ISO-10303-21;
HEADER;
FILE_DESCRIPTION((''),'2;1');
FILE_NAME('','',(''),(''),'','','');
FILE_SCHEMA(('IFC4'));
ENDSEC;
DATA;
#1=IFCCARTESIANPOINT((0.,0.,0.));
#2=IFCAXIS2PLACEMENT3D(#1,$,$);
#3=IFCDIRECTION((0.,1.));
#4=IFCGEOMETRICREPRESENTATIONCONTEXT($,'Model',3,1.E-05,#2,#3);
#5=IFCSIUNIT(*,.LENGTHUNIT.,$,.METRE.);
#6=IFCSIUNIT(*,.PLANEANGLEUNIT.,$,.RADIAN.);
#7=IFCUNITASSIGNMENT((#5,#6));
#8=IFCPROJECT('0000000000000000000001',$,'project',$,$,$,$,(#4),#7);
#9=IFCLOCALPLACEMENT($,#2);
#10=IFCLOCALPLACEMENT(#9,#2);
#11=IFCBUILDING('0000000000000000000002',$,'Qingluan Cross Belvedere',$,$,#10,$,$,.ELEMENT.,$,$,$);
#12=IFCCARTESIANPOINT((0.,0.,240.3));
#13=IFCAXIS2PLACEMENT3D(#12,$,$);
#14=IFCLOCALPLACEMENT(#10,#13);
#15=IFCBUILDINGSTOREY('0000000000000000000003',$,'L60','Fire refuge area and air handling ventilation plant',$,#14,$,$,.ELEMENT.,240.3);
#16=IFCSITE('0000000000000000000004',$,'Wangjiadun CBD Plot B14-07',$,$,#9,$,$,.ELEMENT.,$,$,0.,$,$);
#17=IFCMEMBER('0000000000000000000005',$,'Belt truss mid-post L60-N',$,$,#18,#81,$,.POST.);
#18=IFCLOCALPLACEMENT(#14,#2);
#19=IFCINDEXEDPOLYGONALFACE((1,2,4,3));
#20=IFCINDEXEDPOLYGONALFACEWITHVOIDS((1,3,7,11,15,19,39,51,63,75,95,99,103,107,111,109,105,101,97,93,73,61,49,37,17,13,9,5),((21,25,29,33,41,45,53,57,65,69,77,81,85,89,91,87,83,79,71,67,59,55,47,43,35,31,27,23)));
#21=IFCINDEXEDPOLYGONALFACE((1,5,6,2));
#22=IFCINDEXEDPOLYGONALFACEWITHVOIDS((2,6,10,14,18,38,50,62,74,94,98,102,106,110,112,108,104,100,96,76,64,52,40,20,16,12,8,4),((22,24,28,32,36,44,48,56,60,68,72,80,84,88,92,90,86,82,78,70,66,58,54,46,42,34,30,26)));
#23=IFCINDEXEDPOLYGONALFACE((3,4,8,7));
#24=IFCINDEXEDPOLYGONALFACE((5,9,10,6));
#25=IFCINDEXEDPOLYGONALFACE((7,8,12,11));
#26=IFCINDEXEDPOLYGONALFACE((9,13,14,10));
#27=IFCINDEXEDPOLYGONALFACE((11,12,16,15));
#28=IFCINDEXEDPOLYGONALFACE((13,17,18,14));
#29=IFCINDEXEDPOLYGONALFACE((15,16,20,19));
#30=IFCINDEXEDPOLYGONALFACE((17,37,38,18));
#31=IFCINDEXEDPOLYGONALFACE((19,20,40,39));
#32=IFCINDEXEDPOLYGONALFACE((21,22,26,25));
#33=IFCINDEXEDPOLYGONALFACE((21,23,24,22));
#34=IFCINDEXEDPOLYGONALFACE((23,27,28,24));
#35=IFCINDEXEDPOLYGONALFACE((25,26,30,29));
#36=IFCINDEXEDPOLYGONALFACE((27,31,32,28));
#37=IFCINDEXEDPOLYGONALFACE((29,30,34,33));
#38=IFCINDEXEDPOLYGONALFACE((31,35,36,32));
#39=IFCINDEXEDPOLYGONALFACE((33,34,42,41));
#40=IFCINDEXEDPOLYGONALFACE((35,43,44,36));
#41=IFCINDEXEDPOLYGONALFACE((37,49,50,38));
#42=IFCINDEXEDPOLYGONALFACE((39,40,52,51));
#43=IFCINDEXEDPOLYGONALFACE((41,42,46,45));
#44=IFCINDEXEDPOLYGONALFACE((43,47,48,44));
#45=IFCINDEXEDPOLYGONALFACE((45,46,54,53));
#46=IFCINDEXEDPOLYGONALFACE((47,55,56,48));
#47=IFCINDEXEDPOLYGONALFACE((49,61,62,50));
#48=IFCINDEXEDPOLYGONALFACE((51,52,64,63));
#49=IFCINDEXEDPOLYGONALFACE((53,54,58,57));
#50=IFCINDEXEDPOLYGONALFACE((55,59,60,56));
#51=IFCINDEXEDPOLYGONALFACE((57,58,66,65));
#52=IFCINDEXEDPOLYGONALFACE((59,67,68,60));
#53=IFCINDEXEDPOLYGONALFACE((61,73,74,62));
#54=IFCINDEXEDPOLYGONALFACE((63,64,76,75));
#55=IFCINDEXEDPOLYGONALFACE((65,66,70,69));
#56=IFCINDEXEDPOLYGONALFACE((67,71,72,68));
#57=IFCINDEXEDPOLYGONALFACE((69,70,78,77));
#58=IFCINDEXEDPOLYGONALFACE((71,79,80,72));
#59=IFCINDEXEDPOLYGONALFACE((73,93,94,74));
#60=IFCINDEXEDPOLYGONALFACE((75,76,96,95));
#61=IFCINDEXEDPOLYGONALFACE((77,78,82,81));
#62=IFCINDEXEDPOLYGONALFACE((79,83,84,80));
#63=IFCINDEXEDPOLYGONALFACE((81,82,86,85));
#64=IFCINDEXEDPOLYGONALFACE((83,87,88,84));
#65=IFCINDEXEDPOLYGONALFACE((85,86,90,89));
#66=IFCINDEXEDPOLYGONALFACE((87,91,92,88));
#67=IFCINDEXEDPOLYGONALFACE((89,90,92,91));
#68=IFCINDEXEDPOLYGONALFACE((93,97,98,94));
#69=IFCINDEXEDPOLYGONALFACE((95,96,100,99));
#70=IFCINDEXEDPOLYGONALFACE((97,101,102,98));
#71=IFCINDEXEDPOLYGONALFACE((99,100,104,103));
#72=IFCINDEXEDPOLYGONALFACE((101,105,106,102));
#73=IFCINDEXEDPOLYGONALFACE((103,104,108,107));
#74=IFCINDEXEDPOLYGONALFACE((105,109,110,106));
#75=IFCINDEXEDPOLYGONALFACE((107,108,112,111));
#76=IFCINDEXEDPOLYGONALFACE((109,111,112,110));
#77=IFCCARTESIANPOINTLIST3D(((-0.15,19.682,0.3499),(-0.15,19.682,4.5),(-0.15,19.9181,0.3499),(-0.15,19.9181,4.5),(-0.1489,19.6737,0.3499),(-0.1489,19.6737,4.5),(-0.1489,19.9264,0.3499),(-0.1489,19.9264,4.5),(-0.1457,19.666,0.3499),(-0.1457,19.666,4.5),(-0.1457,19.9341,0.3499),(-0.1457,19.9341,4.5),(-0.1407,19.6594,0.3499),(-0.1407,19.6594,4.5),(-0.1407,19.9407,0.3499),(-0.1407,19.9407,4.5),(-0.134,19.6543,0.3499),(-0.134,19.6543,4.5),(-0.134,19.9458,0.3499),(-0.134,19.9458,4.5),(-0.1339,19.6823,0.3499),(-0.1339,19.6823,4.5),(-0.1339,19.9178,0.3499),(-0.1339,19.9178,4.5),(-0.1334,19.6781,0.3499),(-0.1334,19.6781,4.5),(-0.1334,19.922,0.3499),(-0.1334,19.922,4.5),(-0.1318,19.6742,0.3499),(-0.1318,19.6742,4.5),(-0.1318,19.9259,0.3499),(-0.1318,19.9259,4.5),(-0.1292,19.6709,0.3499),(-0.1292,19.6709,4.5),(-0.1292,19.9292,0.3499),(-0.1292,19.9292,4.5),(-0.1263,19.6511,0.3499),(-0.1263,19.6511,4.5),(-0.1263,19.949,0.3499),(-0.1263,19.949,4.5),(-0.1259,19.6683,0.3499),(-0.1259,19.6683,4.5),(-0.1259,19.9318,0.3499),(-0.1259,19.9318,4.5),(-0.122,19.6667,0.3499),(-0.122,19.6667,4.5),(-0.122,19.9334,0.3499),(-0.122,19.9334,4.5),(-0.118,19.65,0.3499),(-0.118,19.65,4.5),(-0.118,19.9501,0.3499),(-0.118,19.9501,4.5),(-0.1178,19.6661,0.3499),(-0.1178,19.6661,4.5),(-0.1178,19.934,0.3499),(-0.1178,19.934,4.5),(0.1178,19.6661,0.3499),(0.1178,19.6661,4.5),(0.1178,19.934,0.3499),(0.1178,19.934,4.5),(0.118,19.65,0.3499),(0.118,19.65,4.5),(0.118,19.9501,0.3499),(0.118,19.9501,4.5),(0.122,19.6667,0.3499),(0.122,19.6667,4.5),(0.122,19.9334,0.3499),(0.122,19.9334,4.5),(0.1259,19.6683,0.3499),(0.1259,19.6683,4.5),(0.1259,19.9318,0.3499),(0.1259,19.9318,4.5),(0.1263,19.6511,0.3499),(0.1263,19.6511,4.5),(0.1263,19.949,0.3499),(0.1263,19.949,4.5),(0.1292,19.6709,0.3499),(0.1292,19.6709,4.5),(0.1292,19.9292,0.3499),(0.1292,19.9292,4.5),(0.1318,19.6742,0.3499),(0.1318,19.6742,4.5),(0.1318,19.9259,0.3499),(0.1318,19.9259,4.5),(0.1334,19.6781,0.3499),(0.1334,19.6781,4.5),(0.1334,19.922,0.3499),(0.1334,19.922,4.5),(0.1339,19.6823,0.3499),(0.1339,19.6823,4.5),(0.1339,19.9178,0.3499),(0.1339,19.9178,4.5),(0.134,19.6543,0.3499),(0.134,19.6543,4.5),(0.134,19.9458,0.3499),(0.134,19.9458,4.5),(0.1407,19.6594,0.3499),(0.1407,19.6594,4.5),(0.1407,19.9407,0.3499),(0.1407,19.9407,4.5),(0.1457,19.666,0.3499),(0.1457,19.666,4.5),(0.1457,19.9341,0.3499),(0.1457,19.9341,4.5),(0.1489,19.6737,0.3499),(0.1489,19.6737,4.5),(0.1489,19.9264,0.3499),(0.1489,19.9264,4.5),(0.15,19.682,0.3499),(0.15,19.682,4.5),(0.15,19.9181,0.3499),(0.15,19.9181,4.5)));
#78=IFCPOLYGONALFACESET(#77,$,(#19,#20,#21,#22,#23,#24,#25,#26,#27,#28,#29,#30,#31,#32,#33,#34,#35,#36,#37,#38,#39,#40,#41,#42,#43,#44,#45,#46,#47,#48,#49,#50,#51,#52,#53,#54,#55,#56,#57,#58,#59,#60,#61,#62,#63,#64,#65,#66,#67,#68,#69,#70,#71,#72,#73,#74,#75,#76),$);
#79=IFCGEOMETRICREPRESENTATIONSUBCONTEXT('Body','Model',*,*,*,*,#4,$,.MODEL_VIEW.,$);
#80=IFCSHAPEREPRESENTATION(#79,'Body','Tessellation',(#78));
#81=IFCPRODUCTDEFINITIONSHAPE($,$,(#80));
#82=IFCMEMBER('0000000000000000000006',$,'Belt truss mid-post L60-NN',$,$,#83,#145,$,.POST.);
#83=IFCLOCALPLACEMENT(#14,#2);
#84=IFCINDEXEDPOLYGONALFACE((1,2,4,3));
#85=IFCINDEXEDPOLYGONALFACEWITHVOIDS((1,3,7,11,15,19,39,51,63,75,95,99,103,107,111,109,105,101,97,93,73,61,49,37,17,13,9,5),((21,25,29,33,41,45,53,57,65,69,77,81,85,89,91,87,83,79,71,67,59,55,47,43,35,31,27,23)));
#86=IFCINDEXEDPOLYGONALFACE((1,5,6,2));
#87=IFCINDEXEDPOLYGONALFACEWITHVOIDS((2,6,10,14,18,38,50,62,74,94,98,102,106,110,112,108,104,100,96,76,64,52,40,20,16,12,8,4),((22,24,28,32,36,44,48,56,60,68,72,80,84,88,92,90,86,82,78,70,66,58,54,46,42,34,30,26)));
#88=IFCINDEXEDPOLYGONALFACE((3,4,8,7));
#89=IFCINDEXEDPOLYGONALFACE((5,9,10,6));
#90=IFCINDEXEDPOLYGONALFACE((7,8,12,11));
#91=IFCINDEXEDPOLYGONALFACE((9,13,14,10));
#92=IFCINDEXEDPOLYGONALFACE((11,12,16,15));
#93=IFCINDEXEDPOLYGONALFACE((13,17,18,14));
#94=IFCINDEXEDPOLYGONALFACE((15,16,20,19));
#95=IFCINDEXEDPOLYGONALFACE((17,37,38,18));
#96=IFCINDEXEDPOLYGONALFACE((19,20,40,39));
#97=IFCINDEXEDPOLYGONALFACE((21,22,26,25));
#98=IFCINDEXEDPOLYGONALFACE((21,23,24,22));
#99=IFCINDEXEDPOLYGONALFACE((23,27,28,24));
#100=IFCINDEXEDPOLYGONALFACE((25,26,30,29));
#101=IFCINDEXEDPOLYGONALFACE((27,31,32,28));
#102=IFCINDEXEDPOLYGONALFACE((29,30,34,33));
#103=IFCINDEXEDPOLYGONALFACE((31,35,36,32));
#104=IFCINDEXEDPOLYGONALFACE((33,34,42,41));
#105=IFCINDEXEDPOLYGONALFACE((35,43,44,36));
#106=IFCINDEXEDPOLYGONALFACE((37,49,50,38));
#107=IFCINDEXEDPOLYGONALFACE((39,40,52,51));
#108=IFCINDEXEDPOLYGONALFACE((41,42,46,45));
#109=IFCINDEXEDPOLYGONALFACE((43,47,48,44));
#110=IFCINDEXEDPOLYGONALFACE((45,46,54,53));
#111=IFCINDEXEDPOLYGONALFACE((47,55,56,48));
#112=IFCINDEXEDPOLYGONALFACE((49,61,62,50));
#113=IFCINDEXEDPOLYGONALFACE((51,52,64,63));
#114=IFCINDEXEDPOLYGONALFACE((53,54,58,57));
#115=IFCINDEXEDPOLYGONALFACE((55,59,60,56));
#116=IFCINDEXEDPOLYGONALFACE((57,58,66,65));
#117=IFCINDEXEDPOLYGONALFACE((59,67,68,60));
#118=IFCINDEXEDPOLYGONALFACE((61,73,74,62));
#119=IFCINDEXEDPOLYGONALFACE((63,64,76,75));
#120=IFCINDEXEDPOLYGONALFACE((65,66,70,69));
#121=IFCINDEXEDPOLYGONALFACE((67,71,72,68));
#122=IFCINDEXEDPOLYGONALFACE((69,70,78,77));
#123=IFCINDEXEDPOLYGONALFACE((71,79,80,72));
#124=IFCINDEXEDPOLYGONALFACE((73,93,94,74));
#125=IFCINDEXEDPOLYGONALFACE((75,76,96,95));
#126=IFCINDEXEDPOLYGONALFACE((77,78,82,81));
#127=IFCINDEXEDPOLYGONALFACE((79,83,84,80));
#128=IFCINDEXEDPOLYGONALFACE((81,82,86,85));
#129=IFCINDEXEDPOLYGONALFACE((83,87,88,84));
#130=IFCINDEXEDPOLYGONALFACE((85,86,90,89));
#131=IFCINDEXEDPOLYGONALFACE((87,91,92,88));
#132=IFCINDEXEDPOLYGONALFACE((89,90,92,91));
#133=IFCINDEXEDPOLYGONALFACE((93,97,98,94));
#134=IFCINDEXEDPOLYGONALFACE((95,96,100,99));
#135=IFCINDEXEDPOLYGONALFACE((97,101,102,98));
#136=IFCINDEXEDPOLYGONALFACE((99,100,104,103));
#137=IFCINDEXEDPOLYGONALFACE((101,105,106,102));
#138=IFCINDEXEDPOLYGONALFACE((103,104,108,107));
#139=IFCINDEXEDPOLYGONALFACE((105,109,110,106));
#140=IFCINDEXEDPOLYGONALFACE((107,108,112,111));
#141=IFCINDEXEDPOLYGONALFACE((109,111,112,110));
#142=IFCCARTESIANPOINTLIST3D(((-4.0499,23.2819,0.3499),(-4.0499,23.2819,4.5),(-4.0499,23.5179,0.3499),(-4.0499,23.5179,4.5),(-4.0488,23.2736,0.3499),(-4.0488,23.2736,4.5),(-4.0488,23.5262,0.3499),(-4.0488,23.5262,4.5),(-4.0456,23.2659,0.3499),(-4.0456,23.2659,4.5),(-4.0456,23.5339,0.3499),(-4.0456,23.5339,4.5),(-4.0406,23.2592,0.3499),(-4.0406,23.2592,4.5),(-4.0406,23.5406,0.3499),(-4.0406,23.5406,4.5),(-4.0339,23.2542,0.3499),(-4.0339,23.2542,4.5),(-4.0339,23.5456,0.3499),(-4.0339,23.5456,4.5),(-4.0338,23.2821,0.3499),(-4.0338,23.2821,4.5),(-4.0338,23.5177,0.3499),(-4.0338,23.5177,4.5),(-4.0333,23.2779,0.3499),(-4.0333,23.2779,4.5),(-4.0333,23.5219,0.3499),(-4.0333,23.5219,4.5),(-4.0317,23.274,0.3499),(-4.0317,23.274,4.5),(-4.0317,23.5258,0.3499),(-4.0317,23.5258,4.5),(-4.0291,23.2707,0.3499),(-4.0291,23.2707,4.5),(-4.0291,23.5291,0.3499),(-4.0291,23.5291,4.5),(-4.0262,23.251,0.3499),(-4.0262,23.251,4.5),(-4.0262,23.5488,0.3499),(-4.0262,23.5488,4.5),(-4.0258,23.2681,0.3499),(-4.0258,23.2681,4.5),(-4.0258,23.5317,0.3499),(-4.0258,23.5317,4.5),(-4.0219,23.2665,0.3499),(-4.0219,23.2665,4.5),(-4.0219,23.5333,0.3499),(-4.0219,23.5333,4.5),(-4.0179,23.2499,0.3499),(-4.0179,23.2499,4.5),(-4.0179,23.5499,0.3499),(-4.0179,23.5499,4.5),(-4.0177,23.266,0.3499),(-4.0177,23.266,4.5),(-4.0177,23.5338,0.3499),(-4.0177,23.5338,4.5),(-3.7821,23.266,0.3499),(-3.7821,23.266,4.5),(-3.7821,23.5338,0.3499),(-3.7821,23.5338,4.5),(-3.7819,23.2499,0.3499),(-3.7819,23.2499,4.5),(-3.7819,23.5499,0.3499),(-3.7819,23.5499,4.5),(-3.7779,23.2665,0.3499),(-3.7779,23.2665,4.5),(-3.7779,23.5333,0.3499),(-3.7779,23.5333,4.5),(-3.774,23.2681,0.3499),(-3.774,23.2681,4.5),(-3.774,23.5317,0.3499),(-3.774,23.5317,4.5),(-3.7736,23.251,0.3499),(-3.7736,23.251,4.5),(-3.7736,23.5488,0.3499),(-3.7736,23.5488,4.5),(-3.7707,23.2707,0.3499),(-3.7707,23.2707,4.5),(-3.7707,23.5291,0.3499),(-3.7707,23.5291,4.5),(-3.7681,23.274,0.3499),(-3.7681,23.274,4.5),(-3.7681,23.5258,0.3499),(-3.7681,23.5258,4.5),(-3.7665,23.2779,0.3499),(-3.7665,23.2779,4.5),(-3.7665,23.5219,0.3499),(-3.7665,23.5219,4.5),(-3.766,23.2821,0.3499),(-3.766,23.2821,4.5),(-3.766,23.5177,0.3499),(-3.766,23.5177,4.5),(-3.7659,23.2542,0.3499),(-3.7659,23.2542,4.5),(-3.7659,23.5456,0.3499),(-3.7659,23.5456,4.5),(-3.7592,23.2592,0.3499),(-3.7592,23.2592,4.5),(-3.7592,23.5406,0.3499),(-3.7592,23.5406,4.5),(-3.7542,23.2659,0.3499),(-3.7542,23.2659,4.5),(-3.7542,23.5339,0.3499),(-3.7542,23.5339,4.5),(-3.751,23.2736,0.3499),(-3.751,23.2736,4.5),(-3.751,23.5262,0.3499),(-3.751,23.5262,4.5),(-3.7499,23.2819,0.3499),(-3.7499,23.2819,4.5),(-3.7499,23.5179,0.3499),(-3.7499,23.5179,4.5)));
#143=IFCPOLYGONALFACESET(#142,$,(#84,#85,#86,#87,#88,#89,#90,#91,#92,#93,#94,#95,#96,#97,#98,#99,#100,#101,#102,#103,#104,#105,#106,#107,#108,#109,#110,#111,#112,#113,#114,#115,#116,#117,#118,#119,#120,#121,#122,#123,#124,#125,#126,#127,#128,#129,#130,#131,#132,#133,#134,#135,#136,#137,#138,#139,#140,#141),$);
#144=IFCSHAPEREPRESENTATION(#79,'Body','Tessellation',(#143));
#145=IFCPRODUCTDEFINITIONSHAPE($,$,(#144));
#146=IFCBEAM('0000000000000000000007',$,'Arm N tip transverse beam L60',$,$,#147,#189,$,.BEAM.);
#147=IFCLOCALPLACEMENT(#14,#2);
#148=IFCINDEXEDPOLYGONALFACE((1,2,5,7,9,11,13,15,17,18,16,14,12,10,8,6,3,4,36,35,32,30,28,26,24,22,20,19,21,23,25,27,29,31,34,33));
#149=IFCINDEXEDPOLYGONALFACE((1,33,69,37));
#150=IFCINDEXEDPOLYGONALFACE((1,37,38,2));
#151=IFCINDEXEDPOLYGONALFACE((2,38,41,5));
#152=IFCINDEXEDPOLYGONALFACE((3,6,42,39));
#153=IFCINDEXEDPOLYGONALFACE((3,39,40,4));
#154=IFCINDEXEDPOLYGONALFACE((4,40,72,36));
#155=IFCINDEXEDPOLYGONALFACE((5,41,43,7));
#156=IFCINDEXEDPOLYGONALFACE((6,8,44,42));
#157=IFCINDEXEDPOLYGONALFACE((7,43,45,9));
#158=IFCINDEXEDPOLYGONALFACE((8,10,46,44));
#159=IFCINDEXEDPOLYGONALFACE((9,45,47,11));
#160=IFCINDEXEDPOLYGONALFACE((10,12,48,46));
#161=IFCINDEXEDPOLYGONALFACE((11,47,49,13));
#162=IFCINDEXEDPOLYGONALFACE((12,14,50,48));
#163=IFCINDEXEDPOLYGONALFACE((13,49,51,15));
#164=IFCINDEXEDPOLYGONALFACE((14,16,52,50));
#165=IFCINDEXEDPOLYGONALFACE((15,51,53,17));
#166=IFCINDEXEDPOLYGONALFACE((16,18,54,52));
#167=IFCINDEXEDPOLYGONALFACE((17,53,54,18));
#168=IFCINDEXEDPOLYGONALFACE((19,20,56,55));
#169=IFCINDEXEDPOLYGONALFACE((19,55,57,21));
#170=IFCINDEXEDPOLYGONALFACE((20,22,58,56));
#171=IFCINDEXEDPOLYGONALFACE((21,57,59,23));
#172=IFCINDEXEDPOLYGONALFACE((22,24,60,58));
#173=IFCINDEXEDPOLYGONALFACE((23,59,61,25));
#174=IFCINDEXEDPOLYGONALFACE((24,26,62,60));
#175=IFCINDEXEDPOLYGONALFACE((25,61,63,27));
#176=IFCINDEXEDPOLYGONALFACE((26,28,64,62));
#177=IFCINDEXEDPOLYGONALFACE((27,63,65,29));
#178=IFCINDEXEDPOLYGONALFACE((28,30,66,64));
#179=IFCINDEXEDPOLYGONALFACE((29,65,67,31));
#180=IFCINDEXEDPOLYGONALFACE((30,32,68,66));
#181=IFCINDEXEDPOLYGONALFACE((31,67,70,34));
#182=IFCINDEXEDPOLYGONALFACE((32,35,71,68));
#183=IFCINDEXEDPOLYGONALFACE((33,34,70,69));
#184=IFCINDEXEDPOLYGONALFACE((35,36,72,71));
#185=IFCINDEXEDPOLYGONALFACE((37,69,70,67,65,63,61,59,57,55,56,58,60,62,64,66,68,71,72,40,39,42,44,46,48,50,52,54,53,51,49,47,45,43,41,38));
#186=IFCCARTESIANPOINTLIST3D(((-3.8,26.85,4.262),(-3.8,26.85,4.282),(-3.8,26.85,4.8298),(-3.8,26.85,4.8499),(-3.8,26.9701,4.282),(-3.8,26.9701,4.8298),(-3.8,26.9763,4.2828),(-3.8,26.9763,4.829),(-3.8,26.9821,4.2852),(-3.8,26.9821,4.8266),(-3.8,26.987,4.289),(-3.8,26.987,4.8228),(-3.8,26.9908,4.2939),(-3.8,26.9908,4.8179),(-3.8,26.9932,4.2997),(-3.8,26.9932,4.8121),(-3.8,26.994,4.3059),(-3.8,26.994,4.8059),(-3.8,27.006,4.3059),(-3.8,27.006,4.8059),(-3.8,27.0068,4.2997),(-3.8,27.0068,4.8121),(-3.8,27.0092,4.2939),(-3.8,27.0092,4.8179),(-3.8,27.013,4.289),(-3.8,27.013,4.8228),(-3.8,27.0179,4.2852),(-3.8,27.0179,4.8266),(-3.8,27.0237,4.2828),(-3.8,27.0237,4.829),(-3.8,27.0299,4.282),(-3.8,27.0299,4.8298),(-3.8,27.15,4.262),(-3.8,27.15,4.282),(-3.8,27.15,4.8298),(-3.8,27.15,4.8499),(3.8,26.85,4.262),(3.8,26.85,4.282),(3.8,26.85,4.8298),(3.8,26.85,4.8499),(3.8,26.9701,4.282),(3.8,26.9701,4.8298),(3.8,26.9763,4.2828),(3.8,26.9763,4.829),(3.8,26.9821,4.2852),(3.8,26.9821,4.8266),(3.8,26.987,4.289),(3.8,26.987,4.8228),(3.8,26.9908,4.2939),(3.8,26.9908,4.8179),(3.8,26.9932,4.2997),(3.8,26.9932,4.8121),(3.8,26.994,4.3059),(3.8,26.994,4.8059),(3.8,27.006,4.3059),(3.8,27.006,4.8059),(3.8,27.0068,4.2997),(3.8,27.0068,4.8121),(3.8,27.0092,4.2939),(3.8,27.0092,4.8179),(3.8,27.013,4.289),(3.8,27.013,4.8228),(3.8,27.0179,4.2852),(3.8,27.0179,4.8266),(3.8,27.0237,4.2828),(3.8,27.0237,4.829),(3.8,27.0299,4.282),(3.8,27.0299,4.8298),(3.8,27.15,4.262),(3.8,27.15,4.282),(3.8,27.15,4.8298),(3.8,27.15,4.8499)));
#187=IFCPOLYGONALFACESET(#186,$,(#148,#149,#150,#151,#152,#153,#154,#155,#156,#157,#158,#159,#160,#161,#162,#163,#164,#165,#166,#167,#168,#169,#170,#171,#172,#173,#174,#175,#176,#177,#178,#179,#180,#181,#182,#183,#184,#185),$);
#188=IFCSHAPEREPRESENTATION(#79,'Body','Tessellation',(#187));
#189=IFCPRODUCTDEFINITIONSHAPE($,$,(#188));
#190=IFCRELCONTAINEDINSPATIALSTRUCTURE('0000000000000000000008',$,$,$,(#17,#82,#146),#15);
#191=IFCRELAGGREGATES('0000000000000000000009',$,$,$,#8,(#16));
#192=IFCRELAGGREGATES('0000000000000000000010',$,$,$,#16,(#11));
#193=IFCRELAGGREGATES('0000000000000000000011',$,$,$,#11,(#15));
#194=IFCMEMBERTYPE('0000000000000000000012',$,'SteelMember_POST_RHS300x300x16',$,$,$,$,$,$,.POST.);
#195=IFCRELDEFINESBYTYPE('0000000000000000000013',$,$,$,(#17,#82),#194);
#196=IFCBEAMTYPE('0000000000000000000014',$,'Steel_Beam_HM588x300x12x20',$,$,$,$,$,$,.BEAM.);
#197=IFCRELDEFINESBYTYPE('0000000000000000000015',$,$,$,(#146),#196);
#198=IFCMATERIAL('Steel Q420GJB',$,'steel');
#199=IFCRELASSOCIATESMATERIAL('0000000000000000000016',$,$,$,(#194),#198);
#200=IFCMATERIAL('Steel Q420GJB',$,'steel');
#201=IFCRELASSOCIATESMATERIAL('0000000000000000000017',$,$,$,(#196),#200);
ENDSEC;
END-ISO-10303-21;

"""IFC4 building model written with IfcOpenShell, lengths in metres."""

from ifc_helpers import new_model, si_unit, direction, frame, origin, origin_2d, place, context, subcontext, project, spatial, hollow_rectangle, i_section, extrude, material, material_profile, profile_set, type_object, element, save


model = new_model("IFC4")

# Units and contexts
model_context = context("Model", 3, precision=1e-05, world=origin(), true_north=direction((0.0, 1.0)))
body_context = subcontext(model_context, "Body", "Model", "MODEL_VIEW")
ifc_project = project(units=[si_unit("LENGTHUNIT", "METRE"), si_unit("PLANEANGLEUNIT", "RADIAN")], contexts=[model_context])

# Site, building, storey
site_placement = place(None, origin())
site = spatial("IfcSite", under=ifc_project, at=site_placement, Name="Wangjiadun CBD Plot B14-07", CompositionType="ELEMENT", RefElevation=0.0)
building_placement = place(site_placement, origin())
building = spatial("IfcBuilding", under=site, at=building_placement, Name="Qingluan Cross Belvedere", CompositionType="ELEMENT")
storey_placement = place(building_placement, frame((0.0, 0.0, 240.3)))
storey = spatial("IfcBuildingStorey", under=building, at=storey_placement, Name="L60", Description="Fire refuge area and air handling ventilation plant", CompositionType="ELEMENT", Elevation=240.3)

# Members
ifc_material_1 = material(Name="Steel Q420GJB", Category="steel")
ifc_material_profile_1 = material_profile(ifc_material_1, hollow_rectangle(XDim=0.3, YDim=0.3, WallThickness=0.0161, InnerFilletRadius=0.0161, OuterFilletRadius=0.032, at=origin_2d()), Name="RHS300x300x16")
ifc_profile_set_1 = profile_set([ifc_material_profile_1], Name="Steel Q420GJB")
member_type_1 = type_object("IfcMemberType", Name="SteelMember_POST_RHS300x300x16", PredefinedType="POST", material=ifc_profile_set_1)
for number, where, z_axis, x_axis, name in (
    (1, (0.0, 19.8, 0.3499), (0.0, 0.0, 1.0), (1.0, 0.0, 0.0), "Belt truss mid-post L60-N"),
    (2, (-3.8999, 23.3999, 0.3499), (0.0, 0.0, 1.0), (1.0, 0.0, 0.0), "Belt truss mid-post L60-NN"),
):
    element("IfcMember", number, at=place(storey_placement, frame(where, z_axis=z_axis, x_axis=x_axis)), inside=storey, type_object=member_type_1, Name=name, PredefinedType="POST", context=body_context, shape_type="SweptSolid", body=[
        extrude(hollow_rectangle(XDim=0.3, YDim=0.3, WallThickness=0.0161, InnerFilletRadius=0.0161, OuterFilletRadius=0.032, at=origin_2d()), origin(), (0.0, 0.0, 1.0), 4.1501),
    ])

# Beam
ifc_material_2 = material(Name="Steel Q420GJB", Category="steel")
ifc_material_profile_2 = material_profile(ifc_material_2, i_section(OverallWidth=0.3, OverallDepth=0.5879, WebThickness=0.012, FlangeThickness=0.02, FilletRadius=0.0239, at=origin_2d()), Name="HM588x300x12x20")
ifc_profile_set_2 = profile_set([ifc_material_profile_2], Name="Steel Q420GJB")
beam_type_1 = type_object("IfcBeamType", Name="Steel_Beam_HM588x300x12x20", PredefinedType="BEAM", material=ifc_profile_set_2)
beam_1_placement = place(storey_placement, frame((-3.8, 27.0, 4.5559), z_axis=(1.0, 0.0, 0.0), x_axis=(0.0, 1.0, 0.0)))
element("IfcBeam", 3, at=beam_1_placement, inside=storey, type_object=beam_type_1, Name="Arm N tip transverse beam L60", PredefinedType="BEAM", context=body_context, shape_type="SweptSolid", body=[
    extrude(i_section(OverallWidth=0.3, OverallDepth=0.5879, WebThickness=0.012, FlangeThickness=0.02, FilletRadius=0.0239, at=origin_2d()), origin(), (0.0, 0.0, 1.0), 7.6001),
])

save(model, "model.ifc")
